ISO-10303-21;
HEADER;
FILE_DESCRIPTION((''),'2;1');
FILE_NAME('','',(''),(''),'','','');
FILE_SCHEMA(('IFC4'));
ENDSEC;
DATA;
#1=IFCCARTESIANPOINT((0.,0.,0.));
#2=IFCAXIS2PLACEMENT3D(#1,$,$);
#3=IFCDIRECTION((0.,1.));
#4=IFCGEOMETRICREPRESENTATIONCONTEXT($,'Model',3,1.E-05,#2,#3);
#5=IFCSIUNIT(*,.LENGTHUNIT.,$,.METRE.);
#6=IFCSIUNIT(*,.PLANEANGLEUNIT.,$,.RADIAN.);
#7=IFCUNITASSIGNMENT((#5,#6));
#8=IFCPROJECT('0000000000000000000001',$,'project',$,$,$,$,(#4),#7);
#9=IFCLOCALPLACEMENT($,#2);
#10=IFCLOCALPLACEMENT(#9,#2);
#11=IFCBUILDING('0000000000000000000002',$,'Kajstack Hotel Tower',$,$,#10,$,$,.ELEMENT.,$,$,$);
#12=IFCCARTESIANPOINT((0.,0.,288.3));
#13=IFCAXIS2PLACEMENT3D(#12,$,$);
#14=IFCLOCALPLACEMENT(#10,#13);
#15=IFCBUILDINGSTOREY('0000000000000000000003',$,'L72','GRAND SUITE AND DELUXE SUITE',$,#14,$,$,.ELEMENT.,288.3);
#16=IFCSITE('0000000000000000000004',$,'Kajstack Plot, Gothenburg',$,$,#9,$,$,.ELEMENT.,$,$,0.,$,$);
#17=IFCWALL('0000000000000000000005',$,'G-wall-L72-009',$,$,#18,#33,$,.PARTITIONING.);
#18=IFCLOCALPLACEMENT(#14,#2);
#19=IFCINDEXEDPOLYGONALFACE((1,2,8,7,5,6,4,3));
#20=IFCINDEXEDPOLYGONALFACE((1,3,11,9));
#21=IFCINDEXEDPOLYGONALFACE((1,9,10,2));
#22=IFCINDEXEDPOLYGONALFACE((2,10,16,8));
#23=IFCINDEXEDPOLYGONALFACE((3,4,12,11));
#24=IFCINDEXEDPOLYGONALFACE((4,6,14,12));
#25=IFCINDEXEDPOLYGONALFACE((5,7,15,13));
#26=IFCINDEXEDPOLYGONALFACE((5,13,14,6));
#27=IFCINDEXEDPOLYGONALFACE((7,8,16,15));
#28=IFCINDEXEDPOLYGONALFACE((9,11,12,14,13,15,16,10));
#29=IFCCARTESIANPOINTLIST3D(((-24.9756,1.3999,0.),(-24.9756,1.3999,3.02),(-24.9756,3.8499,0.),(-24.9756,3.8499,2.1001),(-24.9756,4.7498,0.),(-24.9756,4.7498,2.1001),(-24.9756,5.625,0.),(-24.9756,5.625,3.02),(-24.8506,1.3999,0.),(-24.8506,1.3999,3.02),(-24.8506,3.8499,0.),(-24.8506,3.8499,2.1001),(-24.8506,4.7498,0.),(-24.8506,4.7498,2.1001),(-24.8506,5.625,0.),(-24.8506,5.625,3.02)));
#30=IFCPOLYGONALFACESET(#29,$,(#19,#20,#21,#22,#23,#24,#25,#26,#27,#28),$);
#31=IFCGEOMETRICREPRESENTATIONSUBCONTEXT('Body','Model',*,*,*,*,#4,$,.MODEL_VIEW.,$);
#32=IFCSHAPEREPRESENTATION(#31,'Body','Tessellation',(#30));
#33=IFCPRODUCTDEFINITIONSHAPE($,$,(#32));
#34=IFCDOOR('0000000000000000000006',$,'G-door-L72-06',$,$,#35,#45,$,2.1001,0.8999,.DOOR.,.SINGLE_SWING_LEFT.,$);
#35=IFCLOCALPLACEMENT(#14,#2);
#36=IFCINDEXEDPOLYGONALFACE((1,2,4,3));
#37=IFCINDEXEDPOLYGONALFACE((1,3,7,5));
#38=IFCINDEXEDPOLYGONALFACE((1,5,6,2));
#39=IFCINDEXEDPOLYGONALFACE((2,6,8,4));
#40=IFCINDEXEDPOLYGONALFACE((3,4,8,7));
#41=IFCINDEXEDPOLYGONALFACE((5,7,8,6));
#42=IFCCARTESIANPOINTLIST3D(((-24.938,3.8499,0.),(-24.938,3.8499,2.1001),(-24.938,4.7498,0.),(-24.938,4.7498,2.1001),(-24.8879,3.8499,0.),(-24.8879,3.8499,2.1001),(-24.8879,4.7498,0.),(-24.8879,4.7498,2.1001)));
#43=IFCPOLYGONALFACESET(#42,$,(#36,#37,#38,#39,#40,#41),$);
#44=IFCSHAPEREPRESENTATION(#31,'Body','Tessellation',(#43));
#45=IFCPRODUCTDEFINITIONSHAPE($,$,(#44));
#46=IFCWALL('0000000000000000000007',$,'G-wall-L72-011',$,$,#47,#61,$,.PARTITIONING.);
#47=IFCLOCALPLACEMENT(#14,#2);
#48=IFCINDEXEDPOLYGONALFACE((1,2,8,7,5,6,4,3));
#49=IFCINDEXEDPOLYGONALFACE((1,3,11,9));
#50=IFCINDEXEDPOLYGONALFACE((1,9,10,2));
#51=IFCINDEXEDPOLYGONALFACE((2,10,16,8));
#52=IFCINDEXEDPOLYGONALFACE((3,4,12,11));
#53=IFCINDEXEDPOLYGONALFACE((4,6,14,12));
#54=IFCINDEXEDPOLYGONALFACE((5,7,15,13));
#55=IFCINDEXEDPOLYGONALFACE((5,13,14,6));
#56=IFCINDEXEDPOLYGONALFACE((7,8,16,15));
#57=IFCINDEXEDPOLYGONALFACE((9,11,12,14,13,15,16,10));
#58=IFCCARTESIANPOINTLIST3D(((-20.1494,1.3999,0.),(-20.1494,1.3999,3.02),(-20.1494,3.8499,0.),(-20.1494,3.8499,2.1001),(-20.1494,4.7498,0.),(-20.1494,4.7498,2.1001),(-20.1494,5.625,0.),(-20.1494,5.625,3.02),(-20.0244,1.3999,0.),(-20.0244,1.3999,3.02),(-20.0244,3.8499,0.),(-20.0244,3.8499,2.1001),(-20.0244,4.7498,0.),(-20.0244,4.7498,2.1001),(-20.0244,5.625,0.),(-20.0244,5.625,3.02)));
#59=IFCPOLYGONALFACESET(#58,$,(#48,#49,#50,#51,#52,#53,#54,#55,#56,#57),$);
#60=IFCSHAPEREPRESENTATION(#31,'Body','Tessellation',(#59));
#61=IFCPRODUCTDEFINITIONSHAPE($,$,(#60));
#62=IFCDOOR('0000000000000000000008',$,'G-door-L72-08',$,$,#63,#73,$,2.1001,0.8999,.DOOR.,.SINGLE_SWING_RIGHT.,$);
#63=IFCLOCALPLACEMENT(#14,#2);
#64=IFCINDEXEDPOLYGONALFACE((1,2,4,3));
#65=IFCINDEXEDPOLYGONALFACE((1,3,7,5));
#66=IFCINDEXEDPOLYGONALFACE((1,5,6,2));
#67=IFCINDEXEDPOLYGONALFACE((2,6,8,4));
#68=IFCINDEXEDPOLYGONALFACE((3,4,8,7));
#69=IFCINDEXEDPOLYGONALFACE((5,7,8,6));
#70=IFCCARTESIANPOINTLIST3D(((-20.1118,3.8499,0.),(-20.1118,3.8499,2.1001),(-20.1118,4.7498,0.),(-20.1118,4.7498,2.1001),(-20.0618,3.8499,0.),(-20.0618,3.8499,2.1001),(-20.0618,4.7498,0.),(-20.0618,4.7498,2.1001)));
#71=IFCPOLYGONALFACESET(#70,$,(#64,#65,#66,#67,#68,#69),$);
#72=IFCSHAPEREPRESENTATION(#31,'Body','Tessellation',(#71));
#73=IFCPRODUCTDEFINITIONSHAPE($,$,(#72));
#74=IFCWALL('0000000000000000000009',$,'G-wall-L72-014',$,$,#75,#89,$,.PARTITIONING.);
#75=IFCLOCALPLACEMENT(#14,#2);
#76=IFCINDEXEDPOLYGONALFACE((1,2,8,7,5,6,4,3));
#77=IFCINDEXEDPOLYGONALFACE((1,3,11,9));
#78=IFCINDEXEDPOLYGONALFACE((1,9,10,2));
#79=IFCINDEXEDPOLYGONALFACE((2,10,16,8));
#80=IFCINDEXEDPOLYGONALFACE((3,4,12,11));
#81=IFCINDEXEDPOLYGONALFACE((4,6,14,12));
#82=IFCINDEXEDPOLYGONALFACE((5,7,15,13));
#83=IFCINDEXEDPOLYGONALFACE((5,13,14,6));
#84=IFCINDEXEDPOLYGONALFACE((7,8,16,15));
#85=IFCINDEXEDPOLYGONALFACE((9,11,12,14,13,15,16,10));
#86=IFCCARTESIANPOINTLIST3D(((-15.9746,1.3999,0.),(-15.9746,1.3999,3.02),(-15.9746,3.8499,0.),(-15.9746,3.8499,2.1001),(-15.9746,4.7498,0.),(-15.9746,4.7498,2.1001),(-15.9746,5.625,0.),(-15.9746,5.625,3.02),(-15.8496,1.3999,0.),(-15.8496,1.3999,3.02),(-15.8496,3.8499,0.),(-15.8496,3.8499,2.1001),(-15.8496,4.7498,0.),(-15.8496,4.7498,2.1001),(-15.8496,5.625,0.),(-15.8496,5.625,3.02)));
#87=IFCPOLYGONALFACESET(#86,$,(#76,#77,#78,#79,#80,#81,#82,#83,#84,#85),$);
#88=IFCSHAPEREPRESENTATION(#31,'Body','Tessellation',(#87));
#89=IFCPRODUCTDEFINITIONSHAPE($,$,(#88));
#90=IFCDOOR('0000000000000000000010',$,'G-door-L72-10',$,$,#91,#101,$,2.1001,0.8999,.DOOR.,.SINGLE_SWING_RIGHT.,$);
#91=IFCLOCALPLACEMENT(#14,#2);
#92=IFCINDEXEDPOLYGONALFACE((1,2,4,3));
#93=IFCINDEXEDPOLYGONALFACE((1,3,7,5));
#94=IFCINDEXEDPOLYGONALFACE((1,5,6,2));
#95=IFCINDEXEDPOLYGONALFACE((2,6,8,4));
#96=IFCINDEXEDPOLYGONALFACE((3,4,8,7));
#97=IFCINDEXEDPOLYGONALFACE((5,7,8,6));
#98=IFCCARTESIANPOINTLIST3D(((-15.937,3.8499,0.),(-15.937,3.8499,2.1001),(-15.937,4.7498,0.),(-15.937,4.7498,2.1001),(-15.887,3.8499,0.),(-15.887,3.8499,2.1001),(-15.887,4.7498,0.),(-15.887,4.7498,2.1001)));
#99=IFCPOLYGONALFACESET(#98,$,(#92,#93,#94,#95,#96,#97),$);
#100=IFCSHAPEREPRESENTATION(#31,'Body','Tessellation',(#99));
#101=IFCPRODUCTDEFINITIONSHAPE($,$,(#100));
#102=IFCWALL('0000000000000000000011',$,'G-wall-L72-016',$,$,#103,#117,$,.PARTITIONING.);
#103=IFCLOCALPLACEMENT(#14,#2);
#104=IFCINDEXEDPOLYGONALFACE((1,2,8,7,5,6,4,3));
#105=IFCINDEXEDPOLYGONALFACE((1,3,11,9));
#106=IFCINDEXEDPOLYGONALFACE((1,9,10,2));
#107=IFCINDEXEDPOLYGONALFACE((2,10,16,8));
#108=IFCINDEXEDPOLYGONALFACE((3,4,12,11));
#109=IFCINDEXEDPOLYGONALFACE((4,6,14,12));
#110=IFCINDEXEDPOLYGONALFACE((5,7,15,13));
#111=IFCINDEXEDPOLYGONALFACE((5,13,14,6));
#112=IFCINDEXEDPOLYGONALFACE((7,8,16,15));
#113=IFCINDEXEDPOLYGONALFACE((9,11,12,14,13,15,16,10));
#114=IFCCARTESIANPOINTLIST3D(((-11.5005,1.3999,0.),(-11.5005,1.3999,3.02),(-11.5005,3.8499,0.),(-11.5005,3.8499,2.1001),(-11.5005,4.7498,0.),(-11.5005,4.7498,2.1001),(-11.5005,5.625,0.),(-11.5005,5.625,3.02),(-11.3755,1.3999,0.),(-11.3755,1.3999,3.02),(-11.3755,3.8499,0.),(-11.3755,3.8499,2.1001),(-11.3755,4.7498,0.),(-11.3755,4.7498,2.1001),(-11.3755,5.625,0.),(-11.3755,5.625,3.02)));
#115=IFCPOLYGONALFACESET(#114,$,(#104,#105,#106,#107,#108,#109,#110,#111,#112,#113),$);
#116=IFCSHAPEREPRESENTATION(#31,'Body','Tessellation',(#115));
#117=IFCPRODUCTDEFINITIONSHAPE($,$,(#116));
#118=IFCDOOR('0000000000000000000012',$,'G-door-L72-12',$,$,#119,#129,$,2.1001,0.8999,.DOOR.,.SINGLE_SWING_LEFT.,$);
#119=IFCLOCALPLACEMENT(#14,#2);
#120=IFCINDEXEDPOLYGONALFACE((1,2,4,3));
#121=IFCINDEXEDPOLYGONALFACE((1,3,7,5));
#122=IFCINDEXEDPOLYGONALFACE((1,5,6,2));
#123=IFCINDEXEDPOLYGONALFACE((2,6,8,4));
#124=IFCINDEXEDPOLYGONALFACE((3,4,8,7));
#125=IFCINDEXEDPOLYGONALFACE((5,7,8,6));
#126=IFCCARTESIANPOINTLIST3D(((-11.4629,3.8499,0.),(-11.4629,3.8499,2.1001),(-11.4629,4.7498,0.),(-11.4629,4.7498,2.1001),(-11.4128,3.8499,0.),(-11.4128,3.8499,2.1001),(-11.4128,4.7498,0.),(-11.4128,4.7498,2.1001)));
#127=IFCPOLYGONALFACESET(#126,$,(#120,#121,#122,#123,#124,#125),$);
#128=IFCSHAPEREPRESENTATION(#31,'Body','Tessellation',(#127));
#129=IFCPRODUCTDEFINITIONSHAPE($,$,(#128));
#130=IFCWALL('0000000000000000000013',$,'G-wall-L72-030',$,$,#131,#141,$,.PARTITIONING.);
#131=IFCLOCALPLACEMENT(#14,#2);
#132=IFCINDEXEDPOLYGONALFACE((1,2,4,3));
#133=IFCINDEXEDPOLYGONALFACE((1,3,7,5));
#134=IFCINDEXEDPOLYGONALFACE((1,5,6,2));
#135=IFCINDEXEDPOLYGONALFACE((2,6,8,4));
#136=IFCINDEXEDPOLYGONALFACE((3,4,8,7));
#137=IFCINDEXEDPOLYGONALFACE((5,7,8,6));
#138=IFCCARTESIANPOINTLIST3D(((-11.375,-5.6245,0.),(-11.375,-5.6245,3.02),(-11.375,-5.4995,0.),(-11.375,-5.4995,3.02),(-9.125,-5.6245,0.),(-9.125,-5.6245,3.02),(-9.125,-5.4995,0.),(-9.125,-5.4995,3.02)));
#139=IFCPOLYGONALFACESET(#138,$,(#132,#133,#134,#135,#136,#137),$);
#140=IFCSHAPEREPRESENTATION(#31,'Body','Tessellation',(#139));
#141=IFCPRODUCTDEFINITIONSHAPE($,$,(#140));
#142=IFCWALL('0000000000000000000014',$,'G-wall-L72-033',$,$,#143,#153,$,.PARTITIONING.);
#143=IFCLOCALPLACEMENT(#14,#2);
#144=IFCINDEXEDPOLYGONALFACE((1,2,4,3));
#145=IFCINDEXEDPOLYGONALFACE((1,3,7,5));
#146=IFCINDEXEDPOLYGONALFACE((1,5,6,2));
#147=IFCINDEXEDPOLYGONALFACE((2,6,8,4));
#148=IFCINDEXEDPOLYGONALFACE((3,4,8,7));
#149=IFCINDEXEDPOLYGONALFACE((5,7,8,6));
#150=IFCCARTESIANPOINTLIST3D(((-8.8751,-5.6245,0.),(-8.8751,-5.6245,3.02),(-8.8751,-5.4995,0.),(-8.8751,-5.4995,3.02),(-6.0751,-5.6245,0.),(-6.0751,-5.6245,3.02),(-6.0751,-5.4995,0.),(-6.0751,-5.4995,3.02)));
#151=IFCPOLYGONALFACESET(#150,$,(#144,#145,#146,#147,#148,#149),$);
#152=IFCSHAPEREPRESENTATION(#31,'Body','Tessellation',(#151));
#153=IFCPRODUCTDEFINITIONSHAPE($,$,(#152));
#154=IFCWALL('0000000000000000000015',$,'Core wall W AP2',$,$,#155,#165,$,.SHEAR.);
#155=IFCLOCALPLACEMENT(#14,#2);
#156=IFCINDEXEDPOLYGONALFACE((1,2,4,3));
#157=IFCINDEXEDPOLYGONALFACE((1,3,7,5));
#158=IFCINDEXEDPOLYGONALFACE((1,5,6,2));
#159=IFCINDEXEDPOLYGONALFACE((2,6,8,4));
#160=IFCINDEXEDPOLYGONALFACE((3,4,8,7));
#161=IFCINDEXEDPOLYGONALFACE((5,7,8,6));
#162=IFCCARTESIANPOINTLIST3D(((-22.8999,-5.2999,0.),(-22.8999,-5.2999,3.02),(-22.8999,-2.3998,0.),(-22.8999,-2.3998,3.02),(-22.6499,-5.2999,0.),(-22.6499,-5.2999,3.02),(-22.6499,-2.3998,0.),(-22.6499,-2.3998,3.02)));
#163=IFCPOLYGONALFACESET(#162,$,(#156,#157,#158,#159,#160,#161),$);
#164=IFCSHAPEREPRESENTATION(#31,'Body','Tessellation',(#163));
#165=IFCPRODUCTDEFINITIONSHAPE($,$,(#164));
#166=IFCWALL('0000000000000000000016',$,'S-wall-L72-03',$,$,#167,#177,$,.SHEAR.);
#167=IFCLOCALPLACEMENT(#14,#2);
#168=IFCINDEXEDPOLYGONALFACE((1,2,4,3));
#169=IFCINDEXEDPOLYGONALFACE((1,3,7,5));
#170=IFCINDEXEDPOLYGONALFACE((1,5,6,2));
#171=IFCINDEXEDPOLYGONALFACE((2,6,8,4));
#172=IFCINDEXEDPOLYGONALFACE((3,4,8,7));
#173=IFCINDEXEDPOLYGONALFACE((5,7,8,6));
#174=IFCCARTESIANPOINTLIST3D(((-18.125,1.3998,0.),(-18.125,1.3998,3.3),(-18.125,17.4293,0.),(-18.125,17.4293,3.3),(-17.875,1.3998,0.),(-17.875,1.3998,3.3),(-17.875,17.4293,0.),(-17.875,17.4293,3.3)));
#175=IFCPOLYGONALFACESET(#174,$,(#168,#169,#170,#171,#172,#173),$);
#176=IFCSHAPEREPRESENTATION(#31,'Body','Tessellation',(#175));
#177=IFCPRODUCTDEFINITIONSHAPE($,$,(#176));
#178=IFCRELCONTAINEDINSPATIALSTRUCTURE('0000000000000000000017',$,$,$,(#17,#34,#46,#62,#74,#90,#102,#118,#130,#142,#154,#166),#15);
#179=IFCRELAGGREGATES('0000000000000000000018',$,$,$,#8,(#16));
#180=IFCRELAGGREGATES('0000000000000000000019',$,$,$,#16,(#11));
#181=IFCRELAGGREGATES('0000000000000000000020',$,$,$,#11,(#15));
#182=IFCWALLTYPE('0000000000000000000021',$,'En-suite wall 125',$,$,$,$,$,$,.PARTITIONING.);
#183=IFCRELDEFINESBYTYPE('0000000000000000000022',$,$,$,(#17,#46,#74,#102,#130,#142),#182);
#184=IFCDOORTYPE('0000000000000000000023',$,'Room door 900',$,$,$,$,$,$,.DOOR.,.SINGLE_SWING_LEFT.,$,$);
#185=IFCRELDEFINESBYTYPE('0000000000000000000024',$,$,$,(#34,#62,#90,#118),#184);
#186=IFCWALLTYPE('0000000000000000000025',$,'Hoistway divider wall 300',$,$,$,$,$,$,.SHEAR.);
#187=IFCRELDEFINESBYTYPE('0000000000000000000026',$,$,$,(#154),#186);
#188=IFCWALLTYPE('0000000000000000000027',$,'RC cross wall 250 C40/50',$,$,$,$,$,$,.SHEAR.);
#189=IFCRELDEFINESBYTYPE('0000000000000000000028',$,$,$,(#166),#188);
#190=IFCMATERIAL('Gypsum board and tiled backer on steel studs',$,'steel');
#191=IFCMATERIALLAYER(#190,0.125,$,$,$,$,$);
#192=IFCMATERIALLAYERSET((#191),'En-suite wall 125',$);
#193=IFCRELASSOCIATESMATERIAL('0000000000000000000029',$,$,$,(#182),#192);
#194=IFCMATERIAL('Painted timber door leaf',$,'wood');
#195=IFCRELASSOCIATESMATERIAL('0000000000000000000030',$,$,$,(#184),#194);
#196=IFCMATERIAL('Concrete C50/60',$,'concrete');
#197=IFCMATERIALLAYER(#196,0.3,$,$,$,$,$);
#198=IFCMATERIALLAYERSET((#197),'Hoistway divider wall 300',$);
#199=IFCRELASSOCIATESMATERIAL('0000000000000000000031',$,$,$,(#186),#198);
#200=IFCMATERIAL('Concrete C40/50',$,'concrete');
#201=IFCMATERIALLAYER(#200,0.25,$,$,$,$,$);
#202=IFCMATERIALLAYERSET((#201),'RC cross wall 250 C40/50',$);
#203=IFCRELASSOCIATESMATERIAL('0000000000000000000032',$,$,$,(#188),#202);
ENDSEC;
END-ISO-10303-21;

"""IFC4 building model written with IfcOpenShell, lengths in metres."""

from ifc_helpers import new_model, si_unit, direction, frame, frame_2d, origin, place, context, subcontext, project, spatial, rectangle, extrude, material, layer, layer_set, type_object, element, fill, save


model = new_model("IFC4")

# Units and contexts
model_context = context("Model", 3, precision=1e-05, world=origin(), true_north=direction((0.0, 1.0)))
body_context = subcontext(model_context, "Body", "Model", "MODEL_VIEW")
ifc_project = project(units=[si_unit("LENGTHUNIT", "METRE"), si_unit("PLANEANGLEUNIT", "RADIAN")], contexts=[model_context])

# Site, building, storey
site_placement = place(None, origin())
site = spatial("IfcSite", under=ifc_project, at=site_placement, Name="Kajstack Plot, Gothenburg", CompositionType="ELEMENT", RefElevation=0.0)
building_placement = place(site_placement, origin())
building = spatial("IfcBuilding", under=site, at=building_placement, Name="Kajstack Hotel Tower", CompositionType="ELEMENT")
storey_placement = place(building_placement, frame((0.0, 0.0, 288.3)))
storey = spatial("IfcBuildingStorey", under=building, at=storey_placement, Name="L72", Description="GRAND SUITE AND DELUXE SUITE", CompositionType="ELEMENT", Elevation=288.3)

# Walls, openings, doors
ifc_material_1 = material(Name="Gypsum board and tiled backer on steel studs", Category="steel")
ifc_layer_1 = layer(ifc_material_1, 0.125)
ifc_layer_set_1 = layer_set([ifc_layer_1], Name="En-suite wall 125")
wall_type_1 = type_object("IfcWallType", Name="En-suite wall 125", PredefinedType="PARTITIONING", material=ifc_layer_set_1)
wall_1_placement = place(storey_placement, frame((-24.9131, 1.3999, 0.0), z_axis=(0.0, 0.0, 1.0), x_axis=(0.0, 1.0, 0.0)))
wall_1 = element("IfcWall", 1, at=wall_1_placement, inside=storey, type_object=wall_type_1, Name="G-wall-L72-009", PredefinedType="PARTITIONING", context=body_context, shape_type="SweptSolid", body=[
    extrude(rectangle(XDim=4.2251, YDim=0.125, at=frame_2d((2.1125, 0.0))), origin(), (0.0, 0.0, 1.0), 3.02),
])
opening_1_placement = place(wall_1_placement, frame((2.45, 0.0, 0.0)))
opening_1 = element("IfcOpeningElement", 2, at=opening_1_placement, cuts=wall_1, PredefinedType="OPENING", context=body_context, shape_type="SweptSolid", body=[
    extrude(rectangle(XDim=0.8999, YDim=2.1001, at=frame_2d((0.45, 1.05))), frame((0.0, 0.0725, 0.0), z_axis=(0.0, -1.0, 0.0), x_axis=(1.0, 0.0, 0.0)), (0.0, 0.0, 1.0), 0.145),
])
ifc_material_2 = material(Name="Painted timber door leaf", Category="wood")
door_type_1 = type_object("IfcDoorType", Name="Room door 900", OperationType="SINGLE_SWING_LEFT", PredefinedType="DOOR", material=ifc_material_2)
door_1_placement = place(opening_1_placement, origin())
door_1 = element("IfcDoor", 3, at=door_1_placement, inside=storey, type_object=door_type_1, Name="G-door-L72-06", OperationType="SINGLE_SWING_LEFT", OverallHeight=2.1001, OverallWidth=0.8999, PredefinedType="DOOR", context=body_context, shape_type="SweptSolid", body=[
    extrude(rectangle(XDim=0.8999, YDim=2.1001, at=frame_2d((0.45, 1.05))), frame((0.0, 0.0249, 0.0), z_axis=(0.0, -1.0, 0.0), x_axis=(1.0, 0.0, 0.0)), (0.0, 0.0, 1.0), 0.05),
])
fill(opening_1, door_1)
wall_2_placement = place(storey_placement, frame((-20.0869, 1.3999, 0.0), z_axis=(0.0, 0.0, 1.0), x_axis=(0.0, 1.0, 0.0)))
wall_2 = element("IfcWall", 4, at=wall_2_placement, inside=storey, type_object=wall_type_1, Name="G-wall-L72-011", PredefinedType="PARTITIONING", context=body_context, shape_type="SweptSolid", body=[
    extrude(rectangle(XDim=4.2251, YDim=0.125, at=frame_2d((2.1125, 0.0))), origin(), (0.0, 0.0, 1.0), 3.02),
])
opening_2_placement = place(wall_2_placement, frame((2.45, 0.0, 0.0)))
opening_2 = element("IfcOpeningElement", 5, at=opening_2_placement, cuts=wall_2, PredefinedType="OPENING", context=body_context, shape_type="SweptSolid", body=[
    extrude(rectangle(XDim=0.8999, YDim=2.1001, at=frame_2d((0.45, 1.05))), frame((0.0, 0.0725, 0.0), z_axis=(0.0, -1.0, 0.0), x_axis=(1.0, 0.0, 0.0)), (0.0, 0.0, 1.0), 0.145),
])
door_2_placement = place(opening_2_placement, origin())
door_2 = element("IfcDoor", 6, at=door_2_placement, inside=storey, type_object=door_type_1, Name="G-door-L72-08", OperationType="SINGLE_SWING_RIGHT", OverallHeight=2.1001, OverallWidth=0.8999, PredefinedType="DOOR", context=body_context, shape_type="SweptSolid", body=[
    extrude(rectangle(XDim=0.8999, YDim=2.1001, at=frame_2d((0.45, 1.05))), frame((0.0, 0.0249, 0.0), z_axis=(0.0, -1.0, 0.0), x_axis=(1.0, 0.0, 0.0)), (0.0, 0.0, 1.0), 0.05),
])
fill(opening_2, door_2)
wall_3_placement = place(storey_placement, frame((-15.9121, 1.3999, 0.0), z_axis=(0.0, 0.0, 1.0), x_axis=(0.0, 1.0, 0.0)))
wall_3 = element("IfcWall", 7, at=wall_3_placement, inside=storey, type_object=wall_type_1, Name="G-wall-L72-014", PredefinedType="PARTITIONING", context=body_context, shape_type="SweptSolid", body=[
    extrude(rectangle(XDim=4.2251, YDim=0.125, at=frame_2d((2.1125, 0.0))), origin(), (0.0, 0.0, 1.0), 3.02),
])
opening_3_placement = place(wall_3_placement, frame((2.45, 0.0, 0.0)))
opening_3 = element("IfcOpeningElement", 8, at=opening_3_placement, cuts=wall_3, PredefinedType="OPENING", context=body_context, shape_type="SweptSolid", body=[
    extrude(rectangle(XDim=0.8999, YDim=2.1001, at=frame_2d((0.45, 1.05))), frame((0.0, 0.0725, 0.0), z_axis=(0.0, -1.0, 0.0), x_axis=(1.0, 0.0, 0.0)), (0.0, 0.0, 1.0), 0.145),
])
door_3_placement = place(opening_3_placement, origin())
door_3 = element("IfcDoor", 9, at=door_3_placement, inside=storey, type_object=door_type_1, Name="G-door-L72-10", OperationType="SINGLE_SWING_RIGHT", OverallHeight=2.1001, OverallWidth=0.8999, PredefinedType="DOOR", context=body_context, shape_type="SweptSolid", body=[
    extrude(rectangle(XDim=0.8999, YDim=2.1001, at=frame_2d((0.45, 1.05))), frame((0.0, 0.0249, 0.0), z_axis=(0.0, -1.0, 0.0), x_axis=(1.0, 0.0, 0.0)), (0.0, 0.0, 1.0), 0.05),
])
fill(opening_3, door_3)
wall_4_placement = place(storey_placement, frame((-11.438, 1.3999, 0.0), z_axis=(0.0, 0.0, 1.0), x_axis=(0.0, 1.0, 0.0)))
wall_4 = element("IfcWall", 10, at=wall_4_placement, inside=storey, type_object=wall_type_1, Name="G-wall-L72-016", PredefinedType="PARTITIONING", context=body_context, shape_type="SweptSolid", body=[
    extrude(rectangle(XDim=4.2251, YDim=0.125, at=frame_2d((2.1125, 0.0))), origin(), (0.0, 0.0, 1.0), 3.02),
])
opening_4_placement = place(wall_4_placement, frame((2.45, 0.0, 0.0)))
opening_4 = element("IfcOpeningElement", 11, at=opening_4_placement, cuts=wall_4, PredefinedType="OPENING", context=body_context, shape_type="SweptSolid", body=[
    extrude(rectangle(XDim=0.8999, YDim=2.1001, at=frame_2d((0.45, 1.05))), frame((0.0, 0.0725, 0.0), z_axis=(0.0, -1.0, 0.0), x_axis=(1.0, 0.0, 0.0)), (0.0, 0.0, 1.0), 0.145),
])
door_4_placement = place(opening_4_placement, origin())
door_4 = element("IfcDoor", 12, at=door_4_placement, inside=storey, type_object=door_type_1, Name="G-door-L72-12", OperationType="SINGLE_SWING_LEFT", OverallHeight=2.1001, OverallWidth=0.8999, PredefinedType="DOOR", context=body_context, shape_type="SweptSolid", body=[
    extrude(rectangle(XDim=0.8999, YDim=2.1001, at=frame_2d((0.45, 1.05))), frame((0.0, 0.0249, 0.0), z_axis=(0.0, -1.0, 0.0), x_axis=(1.0, 0.0, 0.0)), (0.0, 0.0, 1.0), 0.05),
])
fill(opening_4, door_4)

# Walls
wall_5_placement = place(storey_placement, frame((-11.375, -5.562, 0.0), z_axis=(0.0, 0.0, 1.0), x_axis=(1.0, 0.0, 0.0)))
element("IfcWall", 13, at=wall_5_placement, inside=storey, type_object=wall_type_1, Name="G-wall-L72-030", PredefinedType="PARTITIONING", context=body_context, shape_type="SweptSolid", body=[
    extrude(rectangle(XDim=2.25, YDim=0.125, at=frame_2d((1.125, 0.0))), origin(), (0.0, 0.0, 1.0), 3.02),
])
wall_6_placement = place(storey_placement, frame((-8.875, -5.562, 0.0), z_axis=(0.0, 0.0, 1.0), x_axis=(1.0, 0.0, 0.0)))
element("IfcWall", 14, at=wall_6_placement, inside=storey, type_object=wall_type_1, Name="G-wall-L72-033", PredefinedType="PARTITIONING", context=body_context, shape_type="SweptSolid", body=[
    extrude(rectangle(XDim=2.8, YDim=0.125, at=frame_2d((1.3999, 0.0))), origin(), (0.0, 0.0, 1.0), 3.02),
])
ifc_material_3 = material(Name="Concrete C50/60", Category="concrete")
ifc_layer_2 = layer(ifc_material_3, 0.3)
ifc_layer_set_2 = layer_set([ifc_layer_2], Name="Hoistway divider wall 300")
wall_type_2 = type_object("IfcWallType", Name="Hoistway divider wall 300", PredefinedType="SHEAR", material=ifc_layer_set_2)
wall_7_placement = place(storey_placement, frame((-22.7749, -5.3, 0.0), z_axis=(0.0, 0.0, 1.0), x_axis=(0.0, 1.0, 0.0)))
element("IfcWall", 15, at=wall_7_placement, inside=storey, type_object=wall_type_2, Name="Core wall W AP2", PredefinedType="SHEAR", context=body_context, shape_type="SweptSolid", body=[
    extrude(rectangle(XDim=2.9001, YDim=0.25, at=frame_2d((1.4502, 0.0))), origin(), (0.0, 0.0, 1.0), 3.02),
])
ifc_material_4 = material(Name="Concrete C40/50", Category="concrete")
ifc_layer_3 = layer(ifc_material_4, 0.25)
ifc_layer_set_3 = layer_set([ifc_layer_3], Name="RC cross wall 250 C40/50")
wall_type_3 = type_object("IfcWallType", Name="RC cross wall 250 C40/50", PredefinedType="SHEAR", material=ifc_layer_set_3)
wall_8_placement = place(storey_placement, frame((-18.0, 1.3999, 0.0), z_axis=(0.0, 0.0, 1.0), x_axis=(0.0, 1.0, 0.0)))
element("IfcWall", 16, at=wall_8_placement, inside=storey, type_object=wall_type_3, Name="S-wall-L72-03", PredefinedType="SHEAR", context=body_context, shape_type="SweptSolid", body=[
    extrude(rectangle(XDim=16.0295, YDim=0.25, at=frame_2d((8.0146, 0.0))), origin(), (0.0, 0.0, 1.0), 3.3),
])

save(model, "model.ifc")
